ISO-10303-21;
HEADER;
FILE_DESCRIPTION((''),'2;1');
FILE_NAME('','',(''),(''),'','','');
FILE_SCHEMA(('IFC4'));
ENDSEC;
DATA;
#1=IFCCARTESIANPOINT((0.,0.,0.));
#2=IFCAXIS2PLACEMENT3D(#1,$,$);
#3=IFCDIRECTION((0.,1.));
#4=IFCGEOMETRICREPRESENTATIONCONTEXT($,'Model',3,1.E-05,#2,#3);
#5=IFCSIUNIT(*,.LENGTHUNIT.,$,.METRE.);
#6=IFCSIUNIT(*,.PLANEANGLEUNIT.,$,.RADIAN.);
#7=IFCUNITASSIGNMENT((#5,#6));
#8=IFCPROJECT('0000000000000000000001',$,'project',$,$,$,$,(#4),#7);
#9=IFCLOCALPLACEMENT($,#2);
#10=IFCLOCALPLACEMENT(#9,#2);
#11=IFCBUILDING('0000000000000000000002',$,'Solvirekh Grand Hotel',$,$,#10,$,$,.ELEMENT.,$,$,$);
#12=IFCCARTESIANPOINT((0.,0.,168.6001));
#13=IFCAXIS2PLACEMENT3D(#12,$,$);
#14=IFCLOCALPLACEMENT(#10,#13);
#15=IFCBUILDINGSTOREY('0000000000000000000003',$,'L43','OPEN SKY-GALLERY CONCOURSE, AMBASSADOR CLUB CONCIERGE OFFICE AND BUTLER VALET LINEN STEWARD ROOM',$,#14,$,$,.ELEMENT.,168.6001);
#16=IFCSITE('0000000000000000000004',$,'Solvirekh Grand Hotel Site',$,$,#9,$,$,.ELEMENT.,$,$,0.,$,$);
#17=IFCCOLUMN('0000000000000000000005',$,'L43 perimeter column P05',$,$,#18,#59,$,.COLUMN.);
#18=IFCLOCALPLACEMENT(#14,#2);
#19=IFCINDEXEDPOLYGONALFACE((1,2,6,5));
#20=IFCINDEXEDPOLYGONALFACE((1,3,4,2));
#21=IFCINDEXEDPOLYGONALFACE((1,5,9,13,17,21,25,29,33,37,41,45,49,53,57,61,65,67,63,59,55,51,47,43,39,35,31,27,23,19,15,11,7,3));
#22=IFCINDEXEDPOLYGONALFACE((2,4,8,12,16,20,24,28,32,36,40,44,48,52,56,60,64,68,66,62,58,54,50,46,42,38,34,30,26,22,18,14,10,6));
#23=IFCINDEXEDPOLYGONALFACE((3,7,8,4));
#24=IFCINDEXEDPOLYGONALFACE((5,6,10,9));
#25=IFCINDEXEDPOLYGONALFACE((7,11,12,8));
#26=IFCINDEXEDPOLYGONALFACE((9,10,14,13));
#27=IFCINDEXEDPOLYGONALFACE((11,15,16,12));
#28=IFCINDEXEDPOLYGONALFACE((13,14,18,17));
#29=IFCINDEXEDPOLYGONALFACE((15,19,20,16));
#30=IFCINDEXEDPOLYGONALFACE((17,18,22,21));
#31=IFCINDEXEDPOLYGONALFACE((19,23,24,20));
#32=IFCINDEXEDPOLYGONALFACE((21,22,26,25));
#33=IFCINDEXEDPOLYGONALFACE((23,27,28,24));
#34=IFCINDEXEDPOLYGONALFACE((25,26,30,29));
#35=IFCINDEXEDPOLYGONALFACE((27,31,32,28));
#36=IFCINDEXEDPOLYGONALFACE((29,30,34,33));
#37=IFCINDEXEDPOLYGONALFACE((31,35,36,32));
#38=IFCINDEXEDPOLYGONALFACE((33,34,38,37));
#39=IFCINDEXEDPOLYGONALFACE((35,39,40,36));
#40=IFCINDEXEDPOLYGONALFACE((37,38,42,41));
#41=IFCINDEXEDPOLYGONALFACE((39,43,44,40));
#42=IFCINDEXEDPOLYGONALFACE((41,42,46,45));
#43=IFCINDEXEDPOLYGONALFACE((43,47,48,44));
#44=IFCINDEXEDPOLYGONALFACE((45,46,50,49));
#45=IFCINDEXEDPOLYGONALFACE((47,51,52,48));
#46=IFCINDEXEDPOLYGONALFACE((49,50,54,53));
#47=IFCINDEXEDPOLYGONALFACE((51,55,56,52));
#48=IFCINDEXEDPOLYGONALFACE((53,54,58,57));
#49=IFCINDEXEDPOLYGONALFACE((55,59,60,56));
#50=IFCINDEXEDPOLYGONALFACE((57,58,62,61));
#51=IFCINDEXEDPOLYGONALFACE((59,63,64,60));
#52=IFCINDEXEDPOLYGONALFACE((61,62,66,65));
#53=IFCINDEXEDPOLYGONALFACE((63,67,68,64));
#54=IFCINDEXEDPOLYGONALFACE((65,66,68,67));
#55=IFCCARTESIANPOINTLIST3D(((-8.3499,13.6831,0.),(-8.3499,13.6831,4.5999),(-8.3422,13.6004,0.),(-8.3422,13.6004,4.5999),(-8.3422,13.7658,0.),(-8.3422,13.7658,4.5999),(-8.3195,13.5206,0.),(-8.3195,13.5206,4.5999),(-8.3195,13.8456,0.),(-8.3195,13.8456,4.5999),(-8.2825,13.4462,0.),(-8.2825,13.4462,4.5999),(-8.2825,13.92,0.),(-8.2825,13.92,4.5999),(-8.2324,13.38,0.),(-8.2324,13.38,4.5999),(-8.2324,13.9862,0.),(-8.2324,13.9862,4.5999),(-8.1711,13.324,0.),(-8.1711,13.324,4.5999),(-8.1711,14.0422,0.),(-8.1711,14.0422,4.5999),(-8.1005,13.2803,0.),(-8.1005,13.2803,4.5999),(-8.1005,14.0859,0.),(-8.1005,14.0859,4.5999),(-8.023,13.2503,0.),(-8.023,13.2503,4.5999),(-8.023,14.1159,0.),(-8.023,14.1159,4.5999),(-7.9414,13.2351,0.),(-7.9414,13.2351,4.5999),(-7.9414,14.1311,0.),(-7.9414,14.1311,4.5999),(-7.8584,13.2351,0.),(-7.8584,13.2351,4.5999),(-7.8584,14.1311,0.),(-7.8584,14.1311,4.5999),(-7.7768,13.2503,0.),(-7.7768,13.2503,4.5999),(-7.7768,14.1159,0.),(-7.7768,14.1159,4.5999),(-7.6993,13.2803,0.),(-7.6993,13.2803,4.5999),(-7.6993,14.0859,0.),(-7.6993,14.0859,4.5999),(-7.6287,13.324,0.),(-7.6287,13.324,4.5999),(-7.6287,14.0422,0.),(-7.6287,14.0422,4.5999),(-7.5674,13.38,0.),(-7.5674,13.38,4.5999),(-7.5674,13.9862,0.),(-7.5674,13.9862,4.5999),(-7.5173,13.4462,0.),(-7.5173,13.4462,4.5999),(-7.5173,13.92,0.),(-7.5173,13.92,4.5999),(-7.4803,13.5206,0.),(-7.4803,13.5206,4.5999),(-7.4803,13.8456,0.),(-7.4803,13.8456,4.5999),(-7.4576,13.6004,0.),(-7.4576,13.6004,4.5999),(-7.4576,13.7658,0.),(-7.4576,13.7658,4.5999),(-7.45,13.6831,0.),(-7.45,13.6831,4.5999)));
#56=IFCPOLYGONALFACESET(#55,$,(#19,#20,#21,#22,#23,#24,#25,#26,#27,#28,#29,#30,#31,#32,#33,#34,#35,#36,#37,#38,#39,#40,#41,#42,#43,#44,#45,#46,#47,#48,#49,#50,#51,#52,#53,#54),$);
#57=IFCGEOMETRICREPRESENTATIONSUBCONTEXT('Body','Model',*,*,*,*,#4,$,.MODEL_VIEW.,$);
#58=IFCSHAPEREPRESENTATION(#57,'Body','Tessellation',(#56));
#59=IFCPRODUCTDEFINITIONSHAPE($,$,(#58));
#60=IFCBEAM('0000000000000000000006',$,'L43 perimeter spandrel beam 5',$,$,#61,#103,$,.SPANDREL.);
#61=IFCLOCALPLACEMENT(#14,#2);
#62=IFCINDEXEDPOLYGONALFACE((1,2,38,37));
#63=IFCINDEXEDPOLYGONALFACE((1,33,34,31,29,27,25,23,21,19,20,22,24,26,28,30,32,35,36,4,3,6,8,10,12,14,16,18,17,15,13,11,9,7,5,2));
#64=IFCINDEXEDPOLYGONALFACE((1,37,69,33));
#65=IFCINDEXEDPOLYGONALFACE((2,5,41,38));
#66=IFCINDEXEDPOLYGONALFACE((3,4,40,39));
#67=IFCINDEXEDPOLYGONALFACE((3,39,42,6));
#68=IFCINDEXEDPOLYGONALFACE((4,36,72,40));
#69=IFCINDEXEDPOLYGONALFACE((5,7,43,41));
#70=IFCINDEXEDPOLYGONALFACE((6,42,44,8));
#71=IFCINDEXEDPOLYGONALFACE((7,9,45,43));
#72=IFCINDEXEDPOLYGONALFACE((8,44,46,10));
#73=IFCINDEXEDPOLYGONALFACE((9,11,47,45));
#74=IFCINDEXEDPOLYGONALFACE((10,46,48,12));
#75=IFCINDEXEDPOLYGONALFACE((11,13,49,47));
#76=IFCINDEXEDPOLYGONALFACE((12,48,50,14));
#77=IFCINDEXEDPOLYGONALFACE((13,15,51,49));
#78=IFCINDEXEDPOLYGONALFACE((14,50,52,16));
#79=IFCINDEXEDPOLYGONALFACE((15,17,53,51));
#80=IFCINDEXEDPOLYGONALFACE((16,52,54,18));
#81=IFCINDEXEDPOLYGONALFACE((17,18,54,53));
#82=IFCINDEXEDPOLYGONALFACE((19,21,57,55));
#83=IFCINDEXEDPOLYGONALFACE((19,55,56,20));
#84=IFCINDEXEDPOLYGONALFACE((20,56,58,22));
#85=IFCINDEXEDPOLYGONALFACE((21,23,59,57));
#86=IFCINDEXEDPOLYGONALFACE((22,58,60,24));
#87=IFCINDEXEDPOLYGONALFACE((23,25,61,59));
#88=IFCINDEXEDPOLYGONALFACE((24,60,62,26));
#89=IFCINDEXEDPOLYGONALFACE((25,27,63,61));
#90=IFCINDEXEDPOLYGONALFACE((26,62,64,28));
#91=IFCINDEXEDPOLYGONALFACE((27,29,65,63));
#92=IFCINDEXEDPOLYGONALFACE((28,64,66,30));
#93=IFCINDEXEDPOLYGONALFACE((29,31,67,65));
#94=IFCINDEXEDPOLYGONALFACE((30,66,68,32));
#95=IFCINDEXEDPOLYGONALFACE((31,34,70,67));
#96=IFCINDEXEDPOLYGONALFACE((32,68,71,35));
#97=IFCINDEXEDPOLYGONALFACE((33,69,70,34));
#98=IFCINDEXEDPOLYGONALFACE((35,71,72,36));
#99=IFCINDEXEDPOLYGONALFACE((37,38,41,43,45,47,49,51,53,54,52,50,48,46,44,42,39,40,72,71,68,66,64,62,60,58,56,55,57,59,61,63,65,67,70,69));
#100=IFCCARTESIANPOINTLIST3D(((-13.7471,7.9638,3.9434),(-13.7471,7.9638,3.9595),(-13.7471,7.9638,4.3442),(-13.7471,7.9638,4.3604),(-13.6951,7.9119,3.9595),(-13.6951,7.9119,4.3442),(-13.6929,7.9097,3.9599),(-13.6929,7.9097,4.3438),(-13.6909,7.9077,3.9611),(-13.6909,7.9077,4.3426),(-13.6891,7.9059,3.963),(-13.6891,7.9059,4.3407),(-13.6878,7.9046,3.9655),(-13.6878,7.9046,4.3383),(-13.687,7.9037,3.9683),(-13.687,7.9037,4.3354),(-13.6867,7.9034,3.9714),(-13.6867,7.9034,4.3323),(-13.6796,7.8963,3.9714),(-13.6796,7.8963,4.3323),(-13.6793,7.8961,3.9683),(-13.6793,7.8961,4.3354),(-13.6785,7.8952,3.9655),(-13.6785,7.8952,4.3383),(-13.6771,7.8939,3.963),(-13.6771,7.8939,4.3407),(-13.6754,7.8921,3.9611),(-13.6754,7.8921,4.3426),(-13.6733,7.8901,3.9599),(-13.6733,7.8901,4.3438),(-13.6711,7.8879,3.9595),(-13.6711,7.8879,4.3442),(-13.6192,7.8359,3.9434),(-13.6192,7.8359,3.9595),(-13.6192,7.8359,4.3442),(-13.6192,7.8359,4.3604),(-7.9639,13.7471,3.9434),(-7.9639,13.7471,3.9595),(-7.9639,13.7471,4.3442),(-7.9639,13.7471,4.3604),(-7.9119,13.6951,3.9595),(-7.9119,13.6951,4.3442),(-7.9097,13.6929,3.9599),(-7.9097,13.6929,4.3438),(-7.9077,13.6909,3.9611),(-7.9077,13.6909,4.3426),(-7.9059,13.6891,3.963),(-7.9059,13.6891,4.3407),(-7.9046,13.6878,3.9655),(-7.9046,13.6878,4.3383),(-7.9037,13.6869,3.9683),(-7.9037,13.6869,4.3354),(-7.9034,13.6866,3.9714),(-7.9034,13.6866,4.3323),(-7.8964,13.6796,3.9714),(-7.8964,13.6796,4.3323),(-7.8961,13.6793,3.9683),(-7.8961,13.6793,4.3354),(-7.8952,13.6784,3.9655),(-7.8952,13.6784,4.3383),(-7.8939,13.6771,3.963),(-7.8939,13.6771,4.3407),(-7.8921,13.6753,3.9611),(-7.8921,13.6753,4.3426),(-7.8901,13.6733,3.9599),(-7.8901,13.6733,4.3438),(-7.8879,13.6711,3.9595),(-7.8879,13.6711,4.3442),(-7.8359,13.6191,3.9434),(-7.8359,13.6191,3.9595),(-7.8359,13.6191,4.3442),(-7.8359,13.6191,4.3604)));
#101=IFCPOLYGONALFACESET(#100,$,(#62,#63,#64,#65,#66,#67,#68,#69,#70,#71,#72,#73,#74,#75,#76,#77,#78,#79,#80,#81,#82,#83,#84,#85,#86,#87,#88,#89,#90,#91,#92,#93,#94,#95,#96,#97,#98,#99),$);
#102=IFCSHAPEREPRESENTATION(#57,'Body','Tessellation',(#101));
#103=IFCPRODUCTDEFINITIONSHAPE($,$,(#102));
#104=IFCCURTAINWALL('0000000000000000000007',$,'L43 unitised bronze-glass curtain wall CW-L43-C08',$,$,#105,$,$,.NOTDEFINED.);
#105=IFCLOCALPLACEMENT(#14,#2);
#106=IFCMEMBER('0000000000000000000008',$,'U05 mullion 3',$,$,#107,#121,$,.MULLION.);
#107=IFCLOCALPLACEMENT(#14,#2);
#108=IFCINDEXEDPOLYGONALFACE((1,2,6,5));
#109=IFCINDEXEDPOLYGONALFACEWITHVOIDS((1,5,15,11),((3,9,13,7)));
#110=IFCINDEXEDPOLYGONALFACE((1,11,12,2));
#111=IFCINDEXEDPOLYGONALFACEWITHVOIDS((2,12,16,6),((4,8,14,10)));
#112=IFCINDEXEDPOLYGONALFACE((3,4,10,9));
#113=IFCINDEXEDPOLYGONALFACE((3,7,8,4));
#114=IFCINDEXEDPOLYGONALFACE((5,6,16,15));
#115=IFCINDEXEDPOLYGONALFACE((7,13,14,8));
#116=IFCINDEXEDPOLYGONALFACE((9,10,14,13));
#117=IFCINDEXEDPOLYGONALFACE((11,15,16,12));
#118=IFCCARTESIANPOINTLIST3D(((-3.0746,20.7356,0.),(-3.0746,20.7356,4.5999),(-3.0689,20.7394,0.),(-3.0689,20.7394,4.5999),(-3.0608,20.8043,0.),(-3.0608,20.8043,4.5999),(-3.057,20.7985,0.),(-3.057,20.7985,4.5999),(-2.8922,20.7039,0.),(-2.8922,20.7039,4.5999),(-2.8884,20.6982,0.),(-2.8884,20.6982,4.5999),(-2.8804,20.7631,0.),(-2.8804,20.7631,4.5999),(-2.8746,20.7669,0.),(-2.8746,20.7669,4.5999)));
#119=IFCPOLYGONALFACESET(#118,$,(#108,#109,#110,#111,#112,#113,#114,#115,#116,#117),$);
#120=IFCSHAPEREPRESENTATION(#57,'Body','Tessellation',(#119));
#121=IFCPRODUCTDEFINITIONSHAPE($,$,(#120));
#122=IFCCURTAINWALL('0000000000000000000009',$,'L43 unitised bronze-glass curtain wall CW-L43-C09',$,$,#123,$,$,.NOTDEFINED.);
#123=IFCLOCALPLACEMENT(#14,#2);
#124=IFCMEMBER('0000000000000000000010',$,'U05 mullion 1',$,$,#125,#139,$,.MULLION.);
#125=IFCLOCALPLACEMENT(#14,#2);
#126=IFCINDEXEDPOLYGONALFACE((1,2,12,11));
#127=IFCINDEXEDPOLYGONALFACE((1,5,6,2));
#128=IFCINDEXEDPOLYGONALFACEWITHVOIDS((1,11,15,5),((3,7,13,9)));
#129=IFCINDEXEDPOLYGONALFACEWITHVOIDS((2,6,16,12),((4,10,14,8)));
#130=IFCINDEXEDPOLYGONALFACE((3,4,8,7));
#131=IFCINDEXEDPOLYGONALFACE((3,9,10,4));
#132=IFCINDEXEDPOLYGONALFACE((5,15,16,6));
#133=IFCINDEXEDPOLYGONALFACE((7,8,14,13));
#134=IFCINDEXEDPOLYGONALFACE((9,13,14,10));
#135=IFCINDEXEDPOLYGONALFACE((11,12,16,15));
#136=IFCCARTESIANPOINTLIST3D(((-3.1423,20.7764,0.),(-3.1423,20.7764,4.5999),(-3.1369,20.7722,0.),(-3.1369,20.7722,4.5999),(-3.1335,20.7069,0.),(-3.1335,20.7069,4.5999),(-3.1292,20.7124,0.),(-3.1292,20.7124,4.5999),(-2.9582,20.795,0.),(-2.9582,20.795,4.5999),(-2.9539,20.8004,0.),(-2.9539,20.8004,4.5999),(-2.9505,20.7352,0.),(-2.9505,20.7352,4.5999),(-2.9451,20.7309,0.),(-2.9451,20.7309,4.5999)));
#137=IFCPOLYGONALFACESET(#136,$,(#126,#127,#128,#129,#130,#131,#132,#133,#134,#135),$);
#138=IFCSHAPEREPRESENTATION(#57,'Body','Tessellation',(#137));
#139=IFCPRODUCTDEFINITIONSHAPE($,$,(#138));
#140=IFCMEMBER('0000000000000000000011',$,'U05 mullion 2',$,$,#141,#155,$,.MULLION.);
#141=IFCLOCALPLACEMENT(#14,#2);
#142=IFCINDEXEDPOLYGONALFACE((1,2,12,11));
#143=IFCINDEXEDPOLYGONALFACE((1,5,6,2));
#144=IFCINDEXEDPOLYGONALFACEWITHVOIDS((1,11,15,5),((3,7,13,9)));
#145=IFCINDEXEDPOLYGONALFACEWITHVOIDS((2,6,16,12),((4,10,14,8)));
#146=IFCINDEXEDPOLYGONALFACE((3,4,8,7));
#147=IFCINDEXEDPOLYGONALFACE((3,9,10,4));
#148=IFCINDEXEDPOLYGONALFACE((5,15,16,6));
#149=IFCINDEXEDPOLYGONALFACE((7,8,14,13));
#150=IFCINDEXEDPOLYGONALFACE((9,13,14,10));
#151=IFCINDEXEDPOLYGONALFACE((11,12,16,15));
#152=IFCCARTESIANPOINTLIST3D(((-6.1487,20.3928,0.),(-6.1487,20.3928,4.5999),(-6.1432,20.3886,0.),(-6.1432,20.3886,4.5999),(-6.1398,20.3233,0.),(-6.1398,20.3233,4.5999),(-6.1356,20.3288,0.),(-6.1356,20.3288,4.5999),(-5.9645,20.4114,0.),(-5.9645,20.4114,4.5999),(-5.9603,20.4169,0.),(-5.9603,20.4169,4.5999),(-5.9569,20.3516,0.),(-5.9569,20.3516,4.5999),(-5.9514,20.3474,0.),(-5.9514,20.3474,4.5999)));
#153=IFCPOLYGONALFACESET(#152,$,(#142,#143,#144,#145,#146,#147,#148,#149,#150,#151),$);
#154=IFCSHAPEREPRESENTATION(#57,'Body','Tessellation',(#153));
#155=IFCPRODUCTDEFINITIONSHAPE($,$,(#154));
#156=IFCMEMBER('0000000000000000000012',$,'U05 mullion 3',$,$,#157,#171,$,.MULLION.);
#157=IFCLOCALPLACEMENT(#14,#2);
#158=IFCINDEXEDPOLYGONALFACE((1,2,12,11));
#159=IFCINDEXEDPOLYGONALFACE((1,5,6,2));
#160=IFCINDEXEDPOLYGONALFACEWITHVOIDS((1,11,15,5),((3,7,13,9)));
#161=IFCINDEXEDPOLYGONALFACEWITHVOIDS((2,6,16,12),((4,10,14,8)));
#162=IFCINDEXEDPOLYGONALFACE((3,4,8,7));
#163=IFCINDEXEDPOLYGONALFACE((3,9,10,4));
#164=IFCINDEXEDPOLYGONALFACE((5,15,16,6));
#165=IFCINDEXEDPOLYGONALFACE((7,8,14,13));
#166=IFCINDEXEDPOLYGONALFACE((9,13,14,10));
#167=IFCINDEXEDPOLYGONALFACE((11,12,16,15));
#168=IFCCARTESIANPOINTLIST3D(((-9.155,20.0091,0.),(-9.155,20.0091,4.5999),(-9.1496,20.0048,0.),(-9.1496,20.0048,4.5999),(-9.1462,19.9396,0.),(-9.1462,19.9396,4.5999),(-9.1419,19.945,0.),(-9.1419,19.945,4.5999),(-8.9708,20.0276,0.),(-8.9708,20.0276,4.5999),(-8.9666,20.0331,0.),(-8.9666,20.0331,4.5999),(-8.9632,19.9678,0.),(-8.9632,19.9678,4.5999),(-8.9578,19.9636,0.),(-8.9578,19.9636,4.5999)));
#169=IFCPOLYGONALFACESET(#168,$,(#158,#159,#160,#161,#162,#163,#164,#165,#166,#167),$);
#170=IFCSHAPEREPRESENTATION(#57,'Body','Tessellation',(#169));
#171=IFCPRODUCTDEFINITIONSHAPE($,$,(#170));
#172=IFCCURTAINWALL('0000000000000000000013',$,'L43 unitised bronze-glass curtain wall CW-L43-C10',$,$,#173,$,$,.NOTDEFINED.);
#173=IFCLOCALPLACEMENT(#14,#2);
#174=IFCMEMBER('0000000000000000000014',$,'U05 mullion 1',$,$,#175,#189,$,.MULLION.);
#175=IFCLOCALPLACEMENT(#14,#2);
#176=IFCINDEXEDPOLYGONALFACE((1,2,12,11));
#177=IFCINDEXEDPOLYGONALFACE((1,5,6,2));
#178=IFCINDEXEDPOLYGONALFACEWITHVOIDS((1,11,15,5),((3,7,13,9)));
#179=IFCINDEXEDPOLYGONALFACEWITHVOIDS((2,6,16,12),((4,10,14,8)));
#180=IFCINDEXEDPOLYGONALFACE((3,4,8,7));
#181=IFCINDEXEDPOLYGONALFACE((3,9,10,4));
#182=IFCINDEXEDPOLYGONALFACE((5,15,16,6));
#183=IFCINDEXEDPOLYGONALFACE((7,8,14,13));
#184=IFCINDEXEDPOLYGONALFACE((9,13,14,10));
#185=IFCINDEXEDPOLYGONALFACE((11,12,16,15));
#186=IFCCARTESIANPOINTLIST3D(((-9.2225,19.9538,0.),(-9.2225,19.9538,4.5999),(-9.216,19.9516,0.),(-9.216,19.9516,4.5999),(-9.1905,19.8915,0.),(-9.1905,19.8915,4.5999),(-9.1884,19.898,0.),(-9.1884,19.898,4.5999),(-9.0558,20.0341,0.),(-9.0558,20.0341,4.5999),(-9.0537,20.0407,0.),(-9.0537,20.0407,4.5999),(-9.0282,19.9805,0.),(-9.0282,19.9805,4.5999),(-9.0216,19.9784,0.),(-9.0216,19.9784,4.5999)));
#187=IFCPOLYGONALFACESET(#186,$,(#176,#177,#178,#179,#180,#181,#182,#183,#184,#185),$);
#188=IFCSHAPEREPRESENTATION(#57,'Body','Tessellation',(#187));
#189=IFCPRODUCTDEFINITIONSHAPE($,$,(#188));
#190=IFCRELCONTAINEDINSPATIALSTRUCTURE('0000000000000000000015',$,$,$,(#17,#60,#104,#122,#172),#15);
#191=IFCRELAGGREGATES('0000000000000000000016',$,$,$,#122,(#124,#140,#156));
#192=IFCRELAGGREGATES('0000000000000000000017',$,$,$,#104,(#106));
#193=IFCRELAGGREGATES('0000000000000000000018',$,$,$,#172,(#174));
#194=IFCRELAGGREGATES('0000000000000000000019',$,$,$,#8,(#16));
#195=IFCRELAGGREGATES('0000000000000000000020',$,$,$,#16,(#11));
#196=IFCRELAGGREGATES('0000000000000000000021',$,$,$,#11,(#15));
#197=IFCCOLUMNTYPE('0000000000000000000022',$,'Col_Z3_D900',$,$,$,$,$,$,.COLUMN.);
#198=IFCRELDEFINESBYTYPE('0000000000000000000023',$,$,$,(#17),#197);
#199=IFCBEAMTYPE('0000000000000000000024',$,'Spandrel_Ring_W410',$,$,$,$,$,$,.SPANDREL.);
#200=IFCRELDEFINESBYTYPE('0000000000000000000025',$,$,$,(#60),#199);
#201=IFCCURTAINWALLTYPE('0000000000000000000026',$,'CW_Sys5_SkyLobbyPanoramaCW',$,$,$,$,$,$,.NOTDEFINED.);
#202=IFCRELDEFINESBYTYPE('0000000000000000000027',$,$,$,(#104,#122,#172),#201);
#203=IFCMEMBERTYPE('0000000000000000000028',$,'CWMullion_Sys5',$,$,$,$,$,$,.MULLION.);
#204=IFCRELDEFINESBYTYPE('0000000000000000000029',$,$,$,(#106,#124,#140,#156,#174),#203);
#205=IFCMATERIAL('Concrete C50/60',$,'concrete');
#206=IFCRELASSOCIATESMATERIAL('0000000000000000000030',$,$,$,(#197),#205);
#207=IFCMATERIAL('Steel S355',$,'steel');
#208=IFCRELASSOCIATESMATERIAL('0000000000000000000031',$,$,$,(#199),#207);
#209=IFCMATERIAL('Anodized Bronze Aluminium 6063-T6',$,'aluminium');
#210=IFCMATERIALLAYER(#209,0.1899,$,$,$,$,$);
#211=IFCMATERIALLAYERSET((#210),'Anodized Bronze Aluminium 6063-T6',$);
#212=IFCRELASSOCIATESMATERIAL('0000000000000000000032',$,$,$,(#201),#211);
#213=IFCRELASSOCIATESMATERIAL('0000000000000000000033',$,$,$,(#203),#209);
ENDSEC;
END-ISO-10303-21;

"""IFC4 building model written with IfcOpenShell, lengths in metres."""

from ifc_helpers import new_model, si_unit, direction, frame, origin, origin_2d, place, context, subcontext, project, spatial, hollow_rectangle, circle, i_section, extrude, source, transform, mapped, material, layer, layer_set, material_profile, profile_set, type_object, element, aggregate, save


model = new_model("IFC4")

# Units and contexts
model_context = context("Model", 3, precision=1e-05, world=origin(), true_north=direction((0.0, 1.0)))
body_context = subcontext(model_context, "Body", "Model", "MODEL_VIEW")
ifc_project = project(units=[si_unit("LENGTHUNIT", "METRE"), si_unit("PLANEANGLEUNIT", "RADIAN")], contexts=[model_context])

# Site, building, storey
site_placement = place(None, origin())
site = spatial("IfcSite", under=ifc_project, at=site_placement, Name="Solvirekh Grand Hotel Site", CompositionType="ELEMENT", RefElevation=0.0)
building_placement = place(site_placement, origin())
building = spatial("IfcBuilding", under=site, at=building_placement, Name="Solvirekh Grand Hotel", CompositionType="ELEMENT")
storey_placement = place(building_placement, frame((0.0, 0.0, 168.6001)))
storey = spatial("IfcBuildingStorey", under=building, at=storey_placement, Name="L43", Description="OPEN SKY-GALLERY CONCOURSE, AMBASSADOR CLUB CONCIERGE OFFICE AND BUTLER VALET LINEN STEWARD ROOM", CompositionType="ELEMENT", Elevation=168.6001)

# Column
ifc_material_1 = material(Name="Concrete C50/60", Category="concrete")
ifc_material_profile_1 = material_profile(ifc_material_1, circle(Radius=0.45, at=origin_2d()), Name="RC CIRC D900")
ifc_profile_set_1 = profile_set([ifc_material_profile_1], Name="Concrete C50/60")
column_type = type_object("IfcColumnType", Name="Col_Z3_D900", PredefinedType="COLUMN", material=ifc_profile_set_1)
column_placement = place(storey_placement, frame((-7.8999, 13.6831, 0.0), z_axis=(0.0, 0.0, 1.0), x_axis=(1.0, 0.0, 0.0)))
element("IfcColumn", 1, at=column_placement, inside=storey, type_object=column_type, Name="L43 perimeter column P05", PredefinedType="COLUMN", context=body_context, shape_type="SweptSolid", body=[
    extrude(circle(Radius=0.45, at=origin_2d()), origin(), (0.0, 0.0, 1.0), 4.5999),
])

# Beam
ifc_material_2 = material(Name="Steel S355", Category="steel")
ifc_material_profile_2 = material_profile(ifc_material_2, i_section(OverallWidth=0.1809, OverallDepth=0.417, WebThickness=0.01, FlangeThickness=0.0161, FilletRadius=0.012, at=origin_2d()), Name="W410X85")
ifc_profile_set_2 = profile_set([ifc_material_profile_2], Name="Steel S355")
beam_type = type_object("IfcBeamType", Name="Spandrel_Ring_W410", PredefinedType="SPANDREL", material=ifc_profile_set_2)
beam_placement = place(storey_placement, frame((-7.8999, 13.6831, 4.1519), z_axis=(-0.707107, -0.707107, 0.0), x_axis=(0.707107, -0.707107, 0.0)))
element("IfcBeam", 2, at=beam_placement, inside=storey, type_object=beam_type, Name="L43 perimeter spandrel beam 5", PredefinedType="SPANDREL", context=body_context, shape_type="SweptSolid", body=[
    extrude(i_section(OverallWidth=0.1809, OverallDepth=0.417, WebThickness=0.01, FlangeThickness=0.0161, FilletRadius=0.012, at=origin_2d()), origin(), (0.0, 0.0, 1.0), 8.1787),
])

# Curtain wall, member
ifc_material_3 = material(Name="Anodized Bronze Aluminium 6063-T6", Category="aluminium")
ifc_layer_1 = layer(ifc_material_3, 0.1899)
ifc_layer_set_1 = layer_set([ifc_layer_1], Name="Anodized Bronze Aluminium 6063-T6")
curtain_wall_type = type_object("IfcCurtainWallType", Name="CW_Sys5_SkyLobbyPanoramaCW", PredefinedType="NOTDEFINED", material=ifc_layer_set_1)
curtain_wall_1_placement = place(storey_placement, origin())
curtain_wall_1 = element("IfcCurtainWall", 3, at=curtain_wall_1_placement, inside=storey, type_object=curtain_wall_type, Name="L43 unitised bronze-glass curtain wall CW-L43-C08", PredefinedType="NOTDEFINED")
ifc_material_profile_3 = material_profile(ifc_material_3, hollow_rectangle(XDim=0.0701, YDim=0.1899, WallThickness=0.0049, at=origin_2d()), Name="ALU RHS 190X70X5")
ifc_profile_set_3 = profile_set([ifc_material_profile_3], Name="Anodized Bronze Aluminium 6063-T6")
member_type_1 = type_object("IfcMemberType", Name="CWMullion_Sys5", PredefinedType="MULLION", material=ifc_profile_set_3)
shared_shape_1 = source(origin(), body_context, "Body", "SweptSolid", [
    extrude(hollow_rectangle(XDim=0.0701, YDim=0.1899, WallThickness=0.0049, at=origin_2d()), origin(), (0.0, 0.0, 1.0), 4.5999),
])
member_1_placement = place(storey_placement, frame((-2.9746, 20.7512, 0.0), z_axis=(0.0, 0.0, 1.0), x_axis=(-0.196748, -0.980454, 0.0)))
member_1 = element("IfcMember", 4, at=member_1_placement, type_object=member_type_1, Name="U05 mullion 3", PredefinedType="MULLION", context=body_context, shape_type="MappedRepresentation", body=[
    mapped(shared_shape_1, transform((0.0, 0.0, 0.0), x_axis=(1.0, 0.0, 0.0), y_axis=(0.0, 1.0, 0.0), z_axis=(0.0, 0.0, 1.0), scale=1.0)),
])

# Curtain wall, members
curtain_wall_2_placement = place(storey_placement, origin())
curtain_wall_2 = element("IfcCurtainWall", 5, at=curtain_wall_2_placement, inside=storey, type_object=curtain_wall_type, Name="L43 unitised bronze-glass curtain wall CW-L43-C09", PredefinedType="NOTDEFINED")
member_2_placement = place(storey_placement, frame((-3.0437, 20.7537, 0.0), z_axis=(0.0, 0.0, 1.0), x_axis=(0.126564, -0.991958, 0.0)))
member_2 = element("IfcMember", 6, at=member_2_placement, type_object=member_type_1, Name="U05 mullion 1", PredefinedType="MULLION", context=body_context, shape_type="MappedRepresentation", body=[
    mapped(shared_shape_1, transform((0.0, 0.0, 0.0), x_axis=(1.0, 0.0, 0.0), y_axis=(0.0, 1.0, 0.0), z_axis=(0.0, 0.0, 1.0), scale=1.0)),
])
member_3_placement = place(storey_placement, frame((-6.05, 20.3701, 0.0), z_axis=(0.0, 0.0, 1.0), x_axis=(0.126564, -0.991958, 0.0)))
member_3 = element("IfcMember", 7, at=member_3_placement, type_object=member_type_1, Name="U05 mullion 2", PredefinedType="MULLION", context=body_context, shape_type="MappedRepresentation", body=[
    mapped(shared_shape_1, transform((0.0, 0.0, 0.0), x_axis=(1.0, 0.0, 0.0), y_axis=(0.0, 1.0, 0.0), z_axis=(0.0, 0.0, 1.0), scale=1.0)),
])
member_4_placement = place(storey_placement, frame((-9.0564, 19.9863, 0.0), z_axis=(0.0, 0.0, 1.0), x_axis=(0.126564, -0.991958, 0.0)))
member_4 = element("IfcMember", 8, at=member_4_placement, type_object=member_type_1, Name="U05 mullion 3", PredefinedType="MULLION", context=body_context, shape_type="MappedRepresentation", body=[
    mapped(shared_shape_1, transform((0.0, 0.0, 0.0), x_axis=(1.0, 0.0, 0.0), y_axis=(0.0, 1.0, 0.0), z_axis=(0.0, 0.0, 1.0), scale=1.0)),
])

# Curtain wall, member
curtain_wall_3_placement = place(storey_placement, origin())
curtain_wall_3 = element("IfcCurtainWall", 9, at=curtain_wall_3_placement, inside=storey, type_object=curtain_wall_type, Name="L43 unitised bronze-glass curtain wall CW-L43-C10", PredefinedType="NOTDEFINED")
member_5_placement = place(storey_placement, frame((-9.1221, 19.9661, 0.0), z_axis=(0.0, 0.0, 1.0), x_axis=(0.45764, -0.889138, 0.0)))
member_5 = element("IfcMember", 10, at=member_5_placement, type_object=member_type_1, Name="U05 mullion 1", PredefinedType="MULLION", context=body_context, shape_type="MappedRepresentation", body=[
    mapped(shared_shape_1, transform((0.0, 0.0, 0.0), x_axis=(1.0, 0.0, 0.0), y_axis=(0.0, 1.0, 0.0), z_axis=(0.0, 0.0, 1.0), scale=1.0)),
])

aggregate(curtain_wall_2, [member_2, member_3, member_4])
aggregate(curtain_wall_1, [member_1])
aggregate(curtain_wall_3, [member_5])

save(model, "model.ifc")
